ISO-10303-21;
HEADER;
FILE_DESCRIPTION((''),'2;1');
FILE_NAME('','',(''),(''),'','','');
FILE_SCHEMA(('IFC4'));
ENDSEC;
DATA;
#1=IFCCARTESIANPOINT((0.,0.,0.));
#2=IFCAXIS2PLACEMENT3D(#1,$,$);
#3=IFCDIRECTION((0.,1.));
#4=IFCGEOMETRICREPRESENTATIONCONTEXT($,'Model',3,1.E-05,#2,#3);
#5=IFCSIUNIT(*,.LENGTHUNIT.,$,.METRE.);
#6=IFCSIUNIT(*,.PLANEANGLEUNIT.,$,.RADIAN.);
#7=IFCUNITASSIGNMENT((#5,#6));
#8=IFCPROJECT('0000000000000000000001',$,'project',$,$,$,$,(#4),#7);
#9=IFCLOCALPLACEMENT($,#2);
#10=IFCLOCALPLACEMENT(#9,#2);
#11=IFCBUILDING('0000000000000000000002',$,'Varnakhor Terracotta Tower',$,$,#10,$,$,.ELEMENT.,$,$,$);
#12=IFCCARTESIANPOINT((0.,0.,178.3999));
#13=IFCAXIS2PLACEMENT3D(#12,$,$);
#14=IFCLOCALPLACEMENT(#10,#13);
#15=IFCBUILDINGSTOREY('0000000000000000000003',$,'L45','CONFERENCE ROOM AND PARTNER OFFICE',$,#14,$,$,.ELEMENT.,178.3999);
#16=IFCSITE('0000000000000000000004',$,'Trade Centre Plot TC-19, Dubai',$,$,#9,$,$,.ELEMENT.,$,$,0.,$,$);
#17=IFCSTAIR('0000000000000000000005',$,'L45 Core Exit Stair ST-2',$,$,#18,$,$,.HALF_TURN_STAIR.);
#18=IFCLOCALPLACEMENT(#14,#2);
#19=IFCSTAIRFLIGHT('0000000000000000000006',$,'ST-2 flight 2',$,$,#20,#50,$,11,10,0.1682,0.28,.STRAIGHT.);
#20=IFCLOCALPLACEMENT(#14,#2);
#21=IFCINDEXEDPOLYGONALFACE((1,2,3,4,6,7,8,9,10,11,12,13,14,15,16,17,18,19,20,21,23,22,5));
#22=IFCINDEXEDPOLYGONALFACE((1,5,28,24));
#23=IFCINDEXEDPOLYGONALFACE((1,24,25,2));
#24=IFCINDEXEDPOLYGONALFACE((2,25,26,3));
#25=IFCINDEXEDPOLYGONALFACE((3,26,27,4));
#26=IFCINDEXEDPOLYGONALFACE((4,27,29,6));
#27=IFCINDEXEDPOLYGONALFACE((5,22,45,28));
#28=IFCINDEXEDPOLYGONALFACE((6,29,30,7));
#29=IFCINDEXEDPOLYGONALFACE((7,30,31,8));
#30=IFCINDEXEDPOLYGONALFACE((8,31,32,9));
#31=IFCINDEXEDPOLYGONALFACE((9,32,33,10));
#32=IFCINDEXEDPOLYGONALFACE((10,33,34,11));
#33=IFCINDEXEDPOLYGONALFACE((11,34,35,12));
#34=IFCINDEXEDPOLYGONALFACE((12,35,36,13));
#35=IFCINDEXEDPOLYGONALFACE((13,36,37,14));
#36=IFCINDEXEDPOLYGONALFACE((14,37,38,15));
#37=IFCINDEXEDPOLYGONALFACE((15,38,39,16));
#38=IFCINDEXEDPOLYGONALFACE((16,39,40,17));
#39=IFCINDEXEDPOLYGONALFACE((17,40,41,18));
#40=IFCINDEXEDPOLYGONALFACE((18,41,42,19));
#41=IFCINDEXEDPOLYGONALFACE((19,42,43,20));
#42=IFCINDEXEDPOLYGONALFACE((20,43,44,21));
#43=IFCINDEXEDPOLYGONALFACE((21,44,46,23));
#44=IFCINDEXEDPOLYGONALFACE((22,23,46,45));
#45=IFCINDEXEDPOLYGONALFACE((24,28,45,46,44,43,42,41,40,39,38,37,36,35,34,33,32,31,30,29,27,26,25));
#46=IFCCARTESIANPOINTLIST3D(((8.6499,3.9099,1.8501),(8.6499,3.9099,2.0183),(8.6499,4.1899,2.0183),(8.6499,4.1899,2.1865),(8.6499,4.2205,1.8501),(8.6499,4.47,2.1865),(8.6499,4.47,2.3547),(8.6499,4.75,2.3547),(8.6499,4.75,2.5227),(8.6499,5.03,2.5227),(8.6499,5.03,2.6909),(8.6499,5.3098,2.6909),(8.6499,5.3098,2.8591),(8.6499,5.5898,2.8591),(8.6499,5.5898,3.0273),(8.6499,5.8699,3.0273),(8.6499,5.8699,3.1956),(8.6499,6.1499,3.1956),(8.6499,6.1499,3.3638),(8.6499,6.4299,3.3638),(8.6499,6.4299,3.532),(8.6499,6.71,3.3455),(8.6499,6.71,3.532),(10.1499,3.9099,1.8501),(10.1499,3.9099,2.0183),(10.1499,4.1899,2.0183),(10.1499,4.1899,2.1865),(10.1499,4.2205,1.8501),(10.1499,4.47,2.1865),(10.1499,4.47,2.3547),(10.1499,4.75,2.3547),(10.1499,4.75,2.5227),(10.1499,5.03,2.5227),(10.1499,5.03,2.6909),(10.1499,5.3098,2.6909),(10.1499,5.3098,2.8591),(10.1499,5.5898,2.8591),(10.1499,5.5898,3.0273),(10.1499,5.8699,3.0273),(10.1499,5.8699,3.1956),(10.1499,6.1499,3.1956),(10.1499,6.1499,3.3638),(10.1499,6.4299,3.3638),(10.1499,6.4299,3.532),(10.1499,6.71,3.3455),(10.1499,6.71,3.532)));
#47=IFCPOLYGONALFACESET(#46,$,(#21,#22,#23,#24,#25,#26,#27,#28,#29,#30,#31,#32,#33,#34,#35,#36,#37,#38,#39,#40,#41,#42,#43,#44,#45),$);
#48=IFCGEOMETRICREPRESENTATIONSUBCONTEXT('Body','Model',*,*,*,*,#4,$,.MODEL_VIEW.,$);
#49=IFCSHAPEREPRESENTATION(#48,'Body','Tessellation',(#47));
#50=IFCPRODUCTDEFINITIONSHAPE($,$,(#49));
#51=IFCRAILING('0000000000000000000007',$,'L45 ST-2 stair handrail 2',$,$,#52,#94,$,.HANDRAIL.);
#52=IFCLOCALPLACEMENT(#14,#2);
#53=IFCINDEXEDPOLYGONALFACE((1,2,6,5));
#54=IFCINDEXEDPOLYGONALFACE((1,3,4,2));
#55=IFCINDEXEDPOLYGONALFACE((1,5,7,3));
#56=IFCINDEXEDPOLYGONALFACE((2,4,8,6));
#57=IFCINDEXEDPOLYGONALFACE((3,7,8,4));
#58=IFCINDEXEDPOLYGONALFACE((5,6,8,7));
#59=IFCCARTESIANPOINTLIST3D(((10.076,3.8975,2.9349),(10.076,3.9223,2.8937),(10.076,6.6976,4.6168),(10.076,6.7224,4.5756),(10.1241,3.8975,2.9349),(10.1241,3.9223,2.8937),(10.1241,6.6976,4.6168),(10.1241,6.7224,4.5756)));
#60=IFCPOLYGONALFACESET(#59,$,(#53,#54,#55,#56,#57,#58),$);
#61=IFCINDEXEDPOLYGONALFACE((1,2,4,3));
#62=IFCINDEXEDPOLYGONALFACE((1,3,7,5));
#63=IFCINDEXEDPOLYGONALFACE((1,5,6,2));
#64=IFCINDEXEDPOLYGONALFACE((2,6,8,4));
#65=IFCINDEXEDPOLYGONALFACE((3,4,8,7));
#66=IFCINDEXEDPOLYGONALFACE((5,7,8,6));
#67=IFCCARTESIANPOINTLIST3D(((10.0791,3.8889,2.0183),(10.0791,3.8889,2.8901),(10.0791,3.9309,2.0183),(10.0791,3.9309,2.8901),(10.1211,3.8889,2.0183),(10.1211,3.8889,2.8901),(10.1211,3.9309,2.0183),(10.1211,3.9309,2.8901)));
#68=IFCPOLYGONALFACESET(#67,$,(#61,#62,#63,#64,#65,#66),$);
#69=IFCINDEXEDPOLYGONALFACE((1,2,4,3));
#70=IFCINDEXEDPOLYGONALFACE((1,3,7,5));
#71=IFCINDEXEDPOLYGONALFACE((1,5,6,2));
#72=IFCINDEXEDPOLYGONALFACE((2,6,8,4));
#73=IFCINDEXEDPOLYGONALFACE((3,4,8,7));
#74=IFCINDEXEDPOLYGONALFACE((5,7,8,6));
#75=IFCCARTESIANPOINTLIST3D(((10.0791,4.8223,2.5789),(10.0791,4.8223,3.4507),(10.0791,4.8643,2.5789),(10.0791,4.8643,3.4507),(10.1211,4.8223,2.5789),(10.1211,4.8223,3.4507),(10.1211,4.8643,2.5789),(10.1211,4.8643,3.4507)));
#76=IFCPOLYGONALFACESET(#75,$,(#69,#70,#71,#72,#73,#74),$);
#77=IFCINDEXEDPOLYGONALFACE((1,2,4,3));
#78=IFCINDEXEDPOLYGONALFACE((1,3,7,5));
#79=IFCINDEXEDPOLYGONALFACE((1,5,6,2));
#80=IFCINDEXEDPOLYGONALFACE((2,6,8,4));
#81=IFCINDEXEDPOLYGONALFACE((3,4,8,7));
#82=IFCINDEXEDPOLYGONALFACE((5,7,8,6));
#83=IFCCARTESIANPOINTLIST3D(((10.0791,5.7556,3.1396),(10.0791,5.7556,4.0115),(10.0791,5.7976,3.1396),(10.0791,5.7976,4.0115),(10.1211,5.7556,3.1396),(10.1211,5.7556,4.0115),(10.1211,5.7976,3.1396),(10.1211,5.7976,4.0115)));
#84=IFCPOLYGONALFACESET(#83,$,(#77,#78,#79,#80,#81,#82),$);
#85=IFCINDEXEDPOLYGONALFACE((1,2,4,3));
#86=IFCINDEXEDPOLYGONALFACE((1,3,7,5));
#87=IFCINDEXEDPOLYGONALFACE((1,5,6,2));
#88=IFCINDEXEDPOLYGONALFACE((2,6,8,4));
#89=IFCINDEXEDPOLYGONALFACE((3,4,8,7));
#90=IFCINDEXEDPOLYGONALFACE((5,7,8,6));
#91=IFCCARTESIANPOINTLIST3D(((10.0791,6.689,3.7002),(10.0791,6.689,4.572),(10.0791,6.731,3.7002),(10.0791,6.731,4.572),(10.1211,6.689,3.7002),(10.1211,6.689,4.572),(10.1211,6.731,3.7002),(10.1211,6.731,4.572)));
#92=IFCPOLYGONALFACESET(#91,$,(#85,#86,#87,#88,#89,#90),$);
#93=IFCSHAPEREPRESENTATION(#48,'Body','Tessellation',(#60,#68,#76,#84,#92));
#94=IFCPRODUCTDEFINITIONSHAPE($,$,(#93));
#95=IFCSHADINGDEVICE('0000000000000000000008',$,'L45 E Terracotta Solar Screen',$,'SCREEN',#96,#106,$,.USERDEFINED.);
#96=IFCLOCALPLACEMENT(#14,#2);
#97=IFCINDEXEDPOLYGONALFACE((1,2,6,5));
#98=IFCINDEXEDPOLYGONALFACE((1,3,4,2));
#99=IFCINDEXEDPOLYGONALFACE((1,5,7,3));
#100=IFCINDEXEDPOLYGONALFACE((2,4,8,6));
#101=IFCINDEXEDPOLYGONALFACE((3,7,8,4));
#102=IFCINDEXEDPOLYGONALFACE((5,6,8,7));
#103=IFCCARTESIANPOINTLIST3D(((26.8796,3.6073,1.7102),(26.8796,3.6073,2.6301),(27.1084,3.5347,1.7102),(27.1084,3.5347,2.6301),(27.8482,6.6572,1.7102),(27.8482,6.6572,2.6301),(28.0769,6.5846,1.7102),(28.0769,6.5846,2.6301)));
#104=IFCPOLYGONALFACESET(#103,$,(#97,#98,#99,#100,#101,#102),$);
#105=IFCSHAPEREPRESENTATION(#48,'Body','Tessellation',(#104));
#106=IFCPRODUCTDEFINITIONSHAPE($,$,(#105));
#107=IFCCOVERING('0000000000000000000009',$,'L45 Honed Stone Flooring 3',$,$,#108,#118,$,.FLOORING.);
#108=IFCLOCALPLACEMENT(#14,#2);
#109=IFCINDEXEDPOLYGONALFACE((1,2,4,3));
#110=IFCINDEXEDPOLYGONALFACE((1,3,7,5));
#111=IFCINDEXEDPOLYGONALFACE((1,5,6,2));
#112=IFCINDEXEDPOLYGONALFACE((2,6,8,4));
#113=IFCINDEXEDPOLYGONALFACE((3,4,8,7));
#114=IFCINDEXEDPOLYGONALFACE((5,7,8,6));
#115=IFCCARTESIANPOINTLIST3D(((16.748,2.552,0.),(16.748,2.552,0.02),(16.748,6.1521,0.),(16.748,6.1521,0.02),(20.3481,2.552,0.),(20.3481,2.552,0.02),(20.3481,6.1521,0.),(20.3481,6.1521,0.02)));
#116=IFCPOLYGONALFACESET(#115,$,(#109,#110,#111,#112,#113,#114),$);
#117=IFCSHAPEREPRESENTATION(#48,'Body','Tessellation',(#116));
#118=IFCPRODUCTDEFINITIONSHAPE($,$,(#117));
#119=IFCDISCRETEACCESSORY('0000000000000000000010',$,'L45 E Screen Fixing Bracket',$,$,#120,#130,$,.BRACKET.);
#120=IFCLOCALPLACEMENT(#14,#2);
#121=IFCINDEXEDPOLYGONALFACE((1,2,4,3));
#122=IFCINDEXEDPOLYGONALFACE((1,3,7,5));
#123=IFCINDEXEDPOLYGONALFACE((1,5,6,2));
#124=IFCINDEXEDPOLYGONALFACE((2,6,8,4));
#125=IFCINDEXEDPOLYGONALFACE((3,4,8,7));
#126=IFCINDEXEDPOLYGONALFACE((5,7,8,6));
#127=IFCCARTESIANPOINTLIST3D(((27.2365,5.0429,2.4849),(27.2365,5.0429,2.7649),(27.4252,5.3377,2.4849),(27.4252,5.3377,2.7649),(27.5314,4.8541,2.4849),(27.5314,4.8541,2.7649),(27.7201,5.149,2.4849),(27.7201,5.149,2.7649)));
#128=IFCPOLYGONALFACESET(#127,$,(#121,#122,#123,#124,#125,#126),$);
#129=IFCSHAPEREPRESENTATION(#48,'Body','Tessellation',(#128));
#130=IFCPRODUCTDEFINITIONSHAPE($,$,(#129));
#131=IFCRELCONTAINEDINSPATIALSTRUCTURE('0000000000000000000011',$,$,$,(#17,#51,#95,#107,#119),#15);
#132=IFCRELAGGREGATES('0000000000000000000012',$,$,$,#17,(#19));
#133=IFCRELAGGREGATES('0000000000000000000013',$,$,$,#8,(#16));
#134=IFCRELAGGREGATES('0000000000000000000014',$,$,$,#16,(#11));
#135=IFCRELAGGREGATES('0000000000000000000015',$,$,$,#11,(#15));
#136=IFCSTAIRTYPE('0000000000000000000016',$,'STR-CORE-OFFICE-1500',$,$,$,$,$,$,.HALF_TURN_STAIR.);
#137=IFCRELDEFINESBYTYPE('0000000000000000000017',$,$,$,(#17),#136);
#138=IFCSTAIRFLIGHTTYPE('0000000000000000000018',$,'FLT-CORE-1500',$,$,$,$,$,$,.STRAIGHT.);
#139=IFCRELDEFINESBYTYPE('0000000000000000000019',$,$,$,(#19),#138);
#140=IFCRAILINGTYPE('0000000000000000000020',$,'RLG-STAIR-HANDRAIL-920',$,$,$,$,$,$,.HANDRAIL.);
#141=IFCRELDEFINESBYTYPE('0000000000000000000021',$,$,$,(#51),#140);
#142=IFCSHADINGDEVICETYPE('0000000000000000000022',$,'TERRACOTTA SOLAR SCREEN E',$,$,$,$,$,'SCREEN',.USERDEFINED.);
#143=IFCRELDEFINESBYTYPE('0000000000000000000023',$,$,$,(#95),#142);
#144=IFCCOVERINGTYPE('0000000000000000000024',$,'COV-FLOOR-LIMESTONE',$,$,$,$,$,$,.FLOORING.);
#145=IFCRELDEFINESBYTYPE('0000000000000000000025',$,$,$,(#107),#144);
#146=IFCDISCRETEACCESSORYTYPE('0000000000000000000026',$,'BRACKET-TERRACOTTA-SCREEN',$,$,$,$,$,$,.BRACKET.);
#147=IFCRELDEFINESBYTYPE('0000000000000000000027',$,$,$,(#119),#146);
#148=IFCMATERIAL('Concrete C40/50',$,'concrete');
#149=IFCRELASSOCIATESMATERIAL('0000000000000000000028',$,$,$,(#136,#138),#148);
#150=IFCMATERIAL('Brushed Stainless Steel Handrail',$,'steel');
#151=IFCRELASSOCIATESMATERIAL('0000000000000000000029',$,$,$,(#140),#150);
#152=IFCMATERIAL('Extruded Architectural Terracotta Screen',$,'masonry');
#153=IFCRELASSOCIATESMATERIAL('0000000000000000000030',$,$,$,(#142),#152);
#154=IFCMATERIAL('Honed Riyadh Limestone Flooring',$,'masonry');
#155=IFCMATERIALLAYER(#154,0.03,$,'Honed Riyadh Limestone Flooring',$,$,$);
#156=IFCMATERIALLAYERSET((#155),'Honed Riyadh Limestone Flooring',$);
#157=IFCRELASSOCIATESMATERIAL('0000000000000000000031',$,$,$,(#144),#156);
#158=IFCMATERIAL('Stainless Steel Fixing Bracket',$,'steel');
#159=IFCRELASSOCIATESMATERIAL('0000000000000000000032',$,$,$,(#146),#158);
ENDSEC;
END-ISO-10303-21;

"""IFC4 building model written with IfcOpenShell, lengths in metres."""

from ifc_helpers import new_model, si_unit, direction, frame, origin, origin_2d, place, context, subcontext, project, spatial, polyline, rectangle, outline, extrude, source, transform, mapped, material, layer, layer_set, type_object, type_shapes, element, aggregate, save


model = new_model("IFC4")

# Units and contexts
model_context = context("Model", 3, precision=1e-05, world=origin(), true_north=direction((0.0, 1.0)))
body_context = subcontext(model_context, "Body", "Model", "MODEL_VIEW")
ifc_project = project(units=[si_unit("LENGTHUNIT", "METRE"), si_unit("PLANEANGLEUNIT", "RADIAN")], contexts=[model_context])

# Site, building, storey
site_placement = place(None, origin())
site = spatial("IfcSite", under=ifc_project, at=site_placement, Name="Trade Centre Plot TC-19, Dubai", CompositionType="ELEMENT", RefElevation=0.0)
building_placement = place(site_placement, origin())
building = spatial("IfcBuilding", under=site, at=building_placement, Name="Varnakhor Terracotta Tower", CompositionType="ELEMENT")
storey_placement = place(building_placement, frame((0.0, 0.0, 178.3999)))
storey = spatial("IfcBuildingStorey", under=building, at=storey_placement, Name="L45", Description="CONFERENCE ROOM AND PARTNER OFFICE", CompositionType="ELEMENT", Elevation=178.3999)

# Stair, stair flight
ifc_material_1 = material(Name="Concrete C40/50", Category="concrete")
stair_type = type_object("IfcStairType", Name="STR-CORE-OFFICE-1500", PredefinedType="HALF_TURN_STAIR", material=ifc_material_1)
stair_placement = place(storey_placement, origin())
stair = element("IfcStair", 1, at=stair_placement, inside=storey, type_object=stair_type, Name="L45 Core Exit Stair ST-2", PredefinedType="HALF_TURN_STAIR")
stair_flight_type = type_object("IfcStairFlightType", Name="FLT-CORE-1500", PredefinedType="STRAIGHT", material=ifc_material_1)
stair_flight_placement = place(storey_placement, frame((9.3999, 3.9099, 1.8501), z_axis=(0.0, 0.0, 1.0), x_axis=(0.0, 1.0, 0.0)))
stair_flight = element("IfcStairFlight", 2, at=stair_flight_placement, type_object=stair_flight_type, Name="ST-2 flight 2", NumberOfRisers=11, NumberOfTreads=10, PredefinedType="STRAIGHT", RiserHeight=0.1682, TreadLength=0.28, context=body_context, shape_type="SweptSolid", body=[
    extrude(outline(polyline([(0.0, 0.0), (0.0, 0.1682), (0.28, 0.1682), (0.28, 0.3364), (0.5601, 0.3364), (0.5601, 0.5046), (0.8401, 0.5046), (0.8401, 0.6726), (1.1201, 0.6726), (1.1201, 0.8408), (1.3999, 0.8408), (1.3999, 1.009), (1.6799, 1.009), (1.6799, 1.1772), (1.96, 1.1772), (1.96, 1.3455), (2.24, 1.3455), (2.24, 1.5137), (2.52, 1.5137), (2.52, 1.6819), (2.8, 1.6819), (2.8, 1.8501), (2.8, 1.4954), (0.3105, 0.0), (0.0, 0.0)])), frame((0.0, 0.75, 0.0), z_axis=(0.0, -1.0, 0.0), x_axis=(1.0, 0.0, 0.0)), (0.0, 0.0, 1.0), 1.5),
])
aggregate(stair, [stair_flight])

# Railing
ifc_material_2 = material(Name="Brushed Stainless Steel Handrail", Category="steel")
railing_type = type_object("IfcRailingType", Name="RLG-STAIR-HANDRAIL-920", PredefinedType="HANDRAIL", material=ifc_material_2)
railing_placement = place(storey_placement, frame((10.1001, 3.9099, 2.0183)))
element("IfcRailing", 3, at=railing_placement, inside=storey, type_object=railing_type, Name="L45 ST-2 stair handrail 2", PredefinedType="HANDRAIL", context=body_context, shape_type="SweptSolid", body=[
    extrude(rectangle(XDim=0.0481, YDim=0.0481, at=origin_2d()), frame((0.0, 0.0, 0.896), z_axis=(0.0, 0.857242, 0.514913), x_axis=(-1.0, 0.0, 0.0)), (0.0, 0.0, 1.0), 3.2664),
    extrude(rectangle(XDim=0.042, YDim=0.042, at=origin_2d()), origin(), (0.0, 0.0, 1.0), 0.8718),
    extrude(rectangle(XDim=0.042, YDim=0.042, at=origin_2d()), frame((0.0, 0.9333, 0.5605)), (0.0, 0.0, 1.0), 0.8718),
    extrude(rectangle(XDim=0.042, YDim=0.042, at=origin_2d()), frame((0.0, 1.8667, 1.1213)), (0.0, 0.0, 1.0), 0.8718),
    extrude(rectangle(XDim=0.042, YDim=0.042, at=origin_2d()), frame((0.0, 2.8, 1.6819)), (0.0, 0.0, 1.0), 0.8718),
])

# Shading device
ifc_material_3 = material(Name="Extruded Architectural Terracotta Screen", Category="masonry")
shading_device_type = type_object("IfcShadingDeviceType", Name="TERRACOTTA SOLAR SCREEN E", ElementType="SCREEN", PredefinedType="USERDEFINED", material=ifc_material_3)
shared_shape_1 = source(origin(), body_context, "Body", "SweptSolid", [
    extrude(rectangle(XDim=3.2, YDim=0.24, at=origin_2d()), origin(), (0.0, 0.0, 1.0), 0.9199),
])
type_shapes(shading_device_type, [shared_shape_1])
shading_device_placement = place(storey_placement, frame((27.4783, 5.0959, 1.7102), z_axis=(0.0, 0.0, 1.0), x_axis=(0.302669, 0.953096, 0.0)))
element("IfcShadingDevice", 4, at=shading_device_placement, inside=storey, type_object=shading_device_type, Name="L45 E Terracotta Solar Screen", ObjectType="SCREEN", PredefinedType="USERDEFINED", context=body_context, shape_type="MappedRepresentation", body=[
    mapped(shared_shape_1, transform((0.0, 0.0, 0.0), scale=1.0)),
])

# Covering
ifc_material_4 = material(Name="Honed Riyadh Limestone Flooring", Category="masonry")
ifc_layer_1 = layer(ifc_material_4, 0.03, Name="Honed Riyadh Limestone Flooring")
ifc_layer_set_1 = layer_set([ifc_layer_1], Name="Honed Riyadh Limestone Flooring")
covering_type = type_object("IfcCoveringType", Name="COV-FLOOR-LIMESTONE", PredefinedType="FLOORING", material=ifc_layer_set_1)
shared_shape_2 = source(origin(), body_context, "Body", "SweptSolid", [
    extrude(rectangle(XDim=3.6001, YDim=3.6001, at=origin_2d()), origin(), (0.0, 0.0, 1.0), 0.02),
])
covering_placement = place(storey_placement, frame((18.5481, 4.3521, 0.0), z_axis=(0.0, 0.0, 1.0), x_axis=(1.0, 0.0, 0.0)))
element("IfcCovering", 5, at=covering_placement, inside=storey, type_object=covering_type, Name="L45 Honed Stone Flooring 3", PredefinedType="FLOORING", context=body_context, shape_type="MappedRepresentation", body=[
    mapped(shared_shape_2, transform((0.0, 0.0, 0.0), scale=1.0)),
])

# Discrete accessory
ifc_material_5 = material(Name="Stainless Steel Fixing Bracket", Category="steel")
discrete_accessory_type = type_object("IfcDiscreteAccessoryType", Name="BRACKET-TERRACOTTA-SCREEN", PredefinedType="BRACKET", material=ifc_material_5)
shared_shape_3 = source(origin(), body_context, "Body", "SweptSolid", [
    extrude(rectangle(XDim=0.3501, YDim=0.3501, at=origin_2d()), origin(), (0.0, 0.0, 1.0), 0.28),
])
type_shapes(discrete_accessory_type, [shared_shape_3])
discrete_accessory_placement = place(storey_placement, frame((27.4783, 5.0959, 2.4849), z_axis=(0.0, 0.0, 1.0), x_axis=(0.539035, 0.842283, 0.0)))
element("IfcDiscreteAccessory", 6, at=discrete_accessory_placement, inside=storey, type_object=discrete_accessory_type, Name="L45 E Screen Fixing Bracket", PredefinedType="BRACKET", context=body_context, shape_type="MappedRepresentation", body=[
    mapped(shared_shape_3, transform((0.0, 0.0, 0.0), scale=1.0)),
])

save(model, "model.ifc")
